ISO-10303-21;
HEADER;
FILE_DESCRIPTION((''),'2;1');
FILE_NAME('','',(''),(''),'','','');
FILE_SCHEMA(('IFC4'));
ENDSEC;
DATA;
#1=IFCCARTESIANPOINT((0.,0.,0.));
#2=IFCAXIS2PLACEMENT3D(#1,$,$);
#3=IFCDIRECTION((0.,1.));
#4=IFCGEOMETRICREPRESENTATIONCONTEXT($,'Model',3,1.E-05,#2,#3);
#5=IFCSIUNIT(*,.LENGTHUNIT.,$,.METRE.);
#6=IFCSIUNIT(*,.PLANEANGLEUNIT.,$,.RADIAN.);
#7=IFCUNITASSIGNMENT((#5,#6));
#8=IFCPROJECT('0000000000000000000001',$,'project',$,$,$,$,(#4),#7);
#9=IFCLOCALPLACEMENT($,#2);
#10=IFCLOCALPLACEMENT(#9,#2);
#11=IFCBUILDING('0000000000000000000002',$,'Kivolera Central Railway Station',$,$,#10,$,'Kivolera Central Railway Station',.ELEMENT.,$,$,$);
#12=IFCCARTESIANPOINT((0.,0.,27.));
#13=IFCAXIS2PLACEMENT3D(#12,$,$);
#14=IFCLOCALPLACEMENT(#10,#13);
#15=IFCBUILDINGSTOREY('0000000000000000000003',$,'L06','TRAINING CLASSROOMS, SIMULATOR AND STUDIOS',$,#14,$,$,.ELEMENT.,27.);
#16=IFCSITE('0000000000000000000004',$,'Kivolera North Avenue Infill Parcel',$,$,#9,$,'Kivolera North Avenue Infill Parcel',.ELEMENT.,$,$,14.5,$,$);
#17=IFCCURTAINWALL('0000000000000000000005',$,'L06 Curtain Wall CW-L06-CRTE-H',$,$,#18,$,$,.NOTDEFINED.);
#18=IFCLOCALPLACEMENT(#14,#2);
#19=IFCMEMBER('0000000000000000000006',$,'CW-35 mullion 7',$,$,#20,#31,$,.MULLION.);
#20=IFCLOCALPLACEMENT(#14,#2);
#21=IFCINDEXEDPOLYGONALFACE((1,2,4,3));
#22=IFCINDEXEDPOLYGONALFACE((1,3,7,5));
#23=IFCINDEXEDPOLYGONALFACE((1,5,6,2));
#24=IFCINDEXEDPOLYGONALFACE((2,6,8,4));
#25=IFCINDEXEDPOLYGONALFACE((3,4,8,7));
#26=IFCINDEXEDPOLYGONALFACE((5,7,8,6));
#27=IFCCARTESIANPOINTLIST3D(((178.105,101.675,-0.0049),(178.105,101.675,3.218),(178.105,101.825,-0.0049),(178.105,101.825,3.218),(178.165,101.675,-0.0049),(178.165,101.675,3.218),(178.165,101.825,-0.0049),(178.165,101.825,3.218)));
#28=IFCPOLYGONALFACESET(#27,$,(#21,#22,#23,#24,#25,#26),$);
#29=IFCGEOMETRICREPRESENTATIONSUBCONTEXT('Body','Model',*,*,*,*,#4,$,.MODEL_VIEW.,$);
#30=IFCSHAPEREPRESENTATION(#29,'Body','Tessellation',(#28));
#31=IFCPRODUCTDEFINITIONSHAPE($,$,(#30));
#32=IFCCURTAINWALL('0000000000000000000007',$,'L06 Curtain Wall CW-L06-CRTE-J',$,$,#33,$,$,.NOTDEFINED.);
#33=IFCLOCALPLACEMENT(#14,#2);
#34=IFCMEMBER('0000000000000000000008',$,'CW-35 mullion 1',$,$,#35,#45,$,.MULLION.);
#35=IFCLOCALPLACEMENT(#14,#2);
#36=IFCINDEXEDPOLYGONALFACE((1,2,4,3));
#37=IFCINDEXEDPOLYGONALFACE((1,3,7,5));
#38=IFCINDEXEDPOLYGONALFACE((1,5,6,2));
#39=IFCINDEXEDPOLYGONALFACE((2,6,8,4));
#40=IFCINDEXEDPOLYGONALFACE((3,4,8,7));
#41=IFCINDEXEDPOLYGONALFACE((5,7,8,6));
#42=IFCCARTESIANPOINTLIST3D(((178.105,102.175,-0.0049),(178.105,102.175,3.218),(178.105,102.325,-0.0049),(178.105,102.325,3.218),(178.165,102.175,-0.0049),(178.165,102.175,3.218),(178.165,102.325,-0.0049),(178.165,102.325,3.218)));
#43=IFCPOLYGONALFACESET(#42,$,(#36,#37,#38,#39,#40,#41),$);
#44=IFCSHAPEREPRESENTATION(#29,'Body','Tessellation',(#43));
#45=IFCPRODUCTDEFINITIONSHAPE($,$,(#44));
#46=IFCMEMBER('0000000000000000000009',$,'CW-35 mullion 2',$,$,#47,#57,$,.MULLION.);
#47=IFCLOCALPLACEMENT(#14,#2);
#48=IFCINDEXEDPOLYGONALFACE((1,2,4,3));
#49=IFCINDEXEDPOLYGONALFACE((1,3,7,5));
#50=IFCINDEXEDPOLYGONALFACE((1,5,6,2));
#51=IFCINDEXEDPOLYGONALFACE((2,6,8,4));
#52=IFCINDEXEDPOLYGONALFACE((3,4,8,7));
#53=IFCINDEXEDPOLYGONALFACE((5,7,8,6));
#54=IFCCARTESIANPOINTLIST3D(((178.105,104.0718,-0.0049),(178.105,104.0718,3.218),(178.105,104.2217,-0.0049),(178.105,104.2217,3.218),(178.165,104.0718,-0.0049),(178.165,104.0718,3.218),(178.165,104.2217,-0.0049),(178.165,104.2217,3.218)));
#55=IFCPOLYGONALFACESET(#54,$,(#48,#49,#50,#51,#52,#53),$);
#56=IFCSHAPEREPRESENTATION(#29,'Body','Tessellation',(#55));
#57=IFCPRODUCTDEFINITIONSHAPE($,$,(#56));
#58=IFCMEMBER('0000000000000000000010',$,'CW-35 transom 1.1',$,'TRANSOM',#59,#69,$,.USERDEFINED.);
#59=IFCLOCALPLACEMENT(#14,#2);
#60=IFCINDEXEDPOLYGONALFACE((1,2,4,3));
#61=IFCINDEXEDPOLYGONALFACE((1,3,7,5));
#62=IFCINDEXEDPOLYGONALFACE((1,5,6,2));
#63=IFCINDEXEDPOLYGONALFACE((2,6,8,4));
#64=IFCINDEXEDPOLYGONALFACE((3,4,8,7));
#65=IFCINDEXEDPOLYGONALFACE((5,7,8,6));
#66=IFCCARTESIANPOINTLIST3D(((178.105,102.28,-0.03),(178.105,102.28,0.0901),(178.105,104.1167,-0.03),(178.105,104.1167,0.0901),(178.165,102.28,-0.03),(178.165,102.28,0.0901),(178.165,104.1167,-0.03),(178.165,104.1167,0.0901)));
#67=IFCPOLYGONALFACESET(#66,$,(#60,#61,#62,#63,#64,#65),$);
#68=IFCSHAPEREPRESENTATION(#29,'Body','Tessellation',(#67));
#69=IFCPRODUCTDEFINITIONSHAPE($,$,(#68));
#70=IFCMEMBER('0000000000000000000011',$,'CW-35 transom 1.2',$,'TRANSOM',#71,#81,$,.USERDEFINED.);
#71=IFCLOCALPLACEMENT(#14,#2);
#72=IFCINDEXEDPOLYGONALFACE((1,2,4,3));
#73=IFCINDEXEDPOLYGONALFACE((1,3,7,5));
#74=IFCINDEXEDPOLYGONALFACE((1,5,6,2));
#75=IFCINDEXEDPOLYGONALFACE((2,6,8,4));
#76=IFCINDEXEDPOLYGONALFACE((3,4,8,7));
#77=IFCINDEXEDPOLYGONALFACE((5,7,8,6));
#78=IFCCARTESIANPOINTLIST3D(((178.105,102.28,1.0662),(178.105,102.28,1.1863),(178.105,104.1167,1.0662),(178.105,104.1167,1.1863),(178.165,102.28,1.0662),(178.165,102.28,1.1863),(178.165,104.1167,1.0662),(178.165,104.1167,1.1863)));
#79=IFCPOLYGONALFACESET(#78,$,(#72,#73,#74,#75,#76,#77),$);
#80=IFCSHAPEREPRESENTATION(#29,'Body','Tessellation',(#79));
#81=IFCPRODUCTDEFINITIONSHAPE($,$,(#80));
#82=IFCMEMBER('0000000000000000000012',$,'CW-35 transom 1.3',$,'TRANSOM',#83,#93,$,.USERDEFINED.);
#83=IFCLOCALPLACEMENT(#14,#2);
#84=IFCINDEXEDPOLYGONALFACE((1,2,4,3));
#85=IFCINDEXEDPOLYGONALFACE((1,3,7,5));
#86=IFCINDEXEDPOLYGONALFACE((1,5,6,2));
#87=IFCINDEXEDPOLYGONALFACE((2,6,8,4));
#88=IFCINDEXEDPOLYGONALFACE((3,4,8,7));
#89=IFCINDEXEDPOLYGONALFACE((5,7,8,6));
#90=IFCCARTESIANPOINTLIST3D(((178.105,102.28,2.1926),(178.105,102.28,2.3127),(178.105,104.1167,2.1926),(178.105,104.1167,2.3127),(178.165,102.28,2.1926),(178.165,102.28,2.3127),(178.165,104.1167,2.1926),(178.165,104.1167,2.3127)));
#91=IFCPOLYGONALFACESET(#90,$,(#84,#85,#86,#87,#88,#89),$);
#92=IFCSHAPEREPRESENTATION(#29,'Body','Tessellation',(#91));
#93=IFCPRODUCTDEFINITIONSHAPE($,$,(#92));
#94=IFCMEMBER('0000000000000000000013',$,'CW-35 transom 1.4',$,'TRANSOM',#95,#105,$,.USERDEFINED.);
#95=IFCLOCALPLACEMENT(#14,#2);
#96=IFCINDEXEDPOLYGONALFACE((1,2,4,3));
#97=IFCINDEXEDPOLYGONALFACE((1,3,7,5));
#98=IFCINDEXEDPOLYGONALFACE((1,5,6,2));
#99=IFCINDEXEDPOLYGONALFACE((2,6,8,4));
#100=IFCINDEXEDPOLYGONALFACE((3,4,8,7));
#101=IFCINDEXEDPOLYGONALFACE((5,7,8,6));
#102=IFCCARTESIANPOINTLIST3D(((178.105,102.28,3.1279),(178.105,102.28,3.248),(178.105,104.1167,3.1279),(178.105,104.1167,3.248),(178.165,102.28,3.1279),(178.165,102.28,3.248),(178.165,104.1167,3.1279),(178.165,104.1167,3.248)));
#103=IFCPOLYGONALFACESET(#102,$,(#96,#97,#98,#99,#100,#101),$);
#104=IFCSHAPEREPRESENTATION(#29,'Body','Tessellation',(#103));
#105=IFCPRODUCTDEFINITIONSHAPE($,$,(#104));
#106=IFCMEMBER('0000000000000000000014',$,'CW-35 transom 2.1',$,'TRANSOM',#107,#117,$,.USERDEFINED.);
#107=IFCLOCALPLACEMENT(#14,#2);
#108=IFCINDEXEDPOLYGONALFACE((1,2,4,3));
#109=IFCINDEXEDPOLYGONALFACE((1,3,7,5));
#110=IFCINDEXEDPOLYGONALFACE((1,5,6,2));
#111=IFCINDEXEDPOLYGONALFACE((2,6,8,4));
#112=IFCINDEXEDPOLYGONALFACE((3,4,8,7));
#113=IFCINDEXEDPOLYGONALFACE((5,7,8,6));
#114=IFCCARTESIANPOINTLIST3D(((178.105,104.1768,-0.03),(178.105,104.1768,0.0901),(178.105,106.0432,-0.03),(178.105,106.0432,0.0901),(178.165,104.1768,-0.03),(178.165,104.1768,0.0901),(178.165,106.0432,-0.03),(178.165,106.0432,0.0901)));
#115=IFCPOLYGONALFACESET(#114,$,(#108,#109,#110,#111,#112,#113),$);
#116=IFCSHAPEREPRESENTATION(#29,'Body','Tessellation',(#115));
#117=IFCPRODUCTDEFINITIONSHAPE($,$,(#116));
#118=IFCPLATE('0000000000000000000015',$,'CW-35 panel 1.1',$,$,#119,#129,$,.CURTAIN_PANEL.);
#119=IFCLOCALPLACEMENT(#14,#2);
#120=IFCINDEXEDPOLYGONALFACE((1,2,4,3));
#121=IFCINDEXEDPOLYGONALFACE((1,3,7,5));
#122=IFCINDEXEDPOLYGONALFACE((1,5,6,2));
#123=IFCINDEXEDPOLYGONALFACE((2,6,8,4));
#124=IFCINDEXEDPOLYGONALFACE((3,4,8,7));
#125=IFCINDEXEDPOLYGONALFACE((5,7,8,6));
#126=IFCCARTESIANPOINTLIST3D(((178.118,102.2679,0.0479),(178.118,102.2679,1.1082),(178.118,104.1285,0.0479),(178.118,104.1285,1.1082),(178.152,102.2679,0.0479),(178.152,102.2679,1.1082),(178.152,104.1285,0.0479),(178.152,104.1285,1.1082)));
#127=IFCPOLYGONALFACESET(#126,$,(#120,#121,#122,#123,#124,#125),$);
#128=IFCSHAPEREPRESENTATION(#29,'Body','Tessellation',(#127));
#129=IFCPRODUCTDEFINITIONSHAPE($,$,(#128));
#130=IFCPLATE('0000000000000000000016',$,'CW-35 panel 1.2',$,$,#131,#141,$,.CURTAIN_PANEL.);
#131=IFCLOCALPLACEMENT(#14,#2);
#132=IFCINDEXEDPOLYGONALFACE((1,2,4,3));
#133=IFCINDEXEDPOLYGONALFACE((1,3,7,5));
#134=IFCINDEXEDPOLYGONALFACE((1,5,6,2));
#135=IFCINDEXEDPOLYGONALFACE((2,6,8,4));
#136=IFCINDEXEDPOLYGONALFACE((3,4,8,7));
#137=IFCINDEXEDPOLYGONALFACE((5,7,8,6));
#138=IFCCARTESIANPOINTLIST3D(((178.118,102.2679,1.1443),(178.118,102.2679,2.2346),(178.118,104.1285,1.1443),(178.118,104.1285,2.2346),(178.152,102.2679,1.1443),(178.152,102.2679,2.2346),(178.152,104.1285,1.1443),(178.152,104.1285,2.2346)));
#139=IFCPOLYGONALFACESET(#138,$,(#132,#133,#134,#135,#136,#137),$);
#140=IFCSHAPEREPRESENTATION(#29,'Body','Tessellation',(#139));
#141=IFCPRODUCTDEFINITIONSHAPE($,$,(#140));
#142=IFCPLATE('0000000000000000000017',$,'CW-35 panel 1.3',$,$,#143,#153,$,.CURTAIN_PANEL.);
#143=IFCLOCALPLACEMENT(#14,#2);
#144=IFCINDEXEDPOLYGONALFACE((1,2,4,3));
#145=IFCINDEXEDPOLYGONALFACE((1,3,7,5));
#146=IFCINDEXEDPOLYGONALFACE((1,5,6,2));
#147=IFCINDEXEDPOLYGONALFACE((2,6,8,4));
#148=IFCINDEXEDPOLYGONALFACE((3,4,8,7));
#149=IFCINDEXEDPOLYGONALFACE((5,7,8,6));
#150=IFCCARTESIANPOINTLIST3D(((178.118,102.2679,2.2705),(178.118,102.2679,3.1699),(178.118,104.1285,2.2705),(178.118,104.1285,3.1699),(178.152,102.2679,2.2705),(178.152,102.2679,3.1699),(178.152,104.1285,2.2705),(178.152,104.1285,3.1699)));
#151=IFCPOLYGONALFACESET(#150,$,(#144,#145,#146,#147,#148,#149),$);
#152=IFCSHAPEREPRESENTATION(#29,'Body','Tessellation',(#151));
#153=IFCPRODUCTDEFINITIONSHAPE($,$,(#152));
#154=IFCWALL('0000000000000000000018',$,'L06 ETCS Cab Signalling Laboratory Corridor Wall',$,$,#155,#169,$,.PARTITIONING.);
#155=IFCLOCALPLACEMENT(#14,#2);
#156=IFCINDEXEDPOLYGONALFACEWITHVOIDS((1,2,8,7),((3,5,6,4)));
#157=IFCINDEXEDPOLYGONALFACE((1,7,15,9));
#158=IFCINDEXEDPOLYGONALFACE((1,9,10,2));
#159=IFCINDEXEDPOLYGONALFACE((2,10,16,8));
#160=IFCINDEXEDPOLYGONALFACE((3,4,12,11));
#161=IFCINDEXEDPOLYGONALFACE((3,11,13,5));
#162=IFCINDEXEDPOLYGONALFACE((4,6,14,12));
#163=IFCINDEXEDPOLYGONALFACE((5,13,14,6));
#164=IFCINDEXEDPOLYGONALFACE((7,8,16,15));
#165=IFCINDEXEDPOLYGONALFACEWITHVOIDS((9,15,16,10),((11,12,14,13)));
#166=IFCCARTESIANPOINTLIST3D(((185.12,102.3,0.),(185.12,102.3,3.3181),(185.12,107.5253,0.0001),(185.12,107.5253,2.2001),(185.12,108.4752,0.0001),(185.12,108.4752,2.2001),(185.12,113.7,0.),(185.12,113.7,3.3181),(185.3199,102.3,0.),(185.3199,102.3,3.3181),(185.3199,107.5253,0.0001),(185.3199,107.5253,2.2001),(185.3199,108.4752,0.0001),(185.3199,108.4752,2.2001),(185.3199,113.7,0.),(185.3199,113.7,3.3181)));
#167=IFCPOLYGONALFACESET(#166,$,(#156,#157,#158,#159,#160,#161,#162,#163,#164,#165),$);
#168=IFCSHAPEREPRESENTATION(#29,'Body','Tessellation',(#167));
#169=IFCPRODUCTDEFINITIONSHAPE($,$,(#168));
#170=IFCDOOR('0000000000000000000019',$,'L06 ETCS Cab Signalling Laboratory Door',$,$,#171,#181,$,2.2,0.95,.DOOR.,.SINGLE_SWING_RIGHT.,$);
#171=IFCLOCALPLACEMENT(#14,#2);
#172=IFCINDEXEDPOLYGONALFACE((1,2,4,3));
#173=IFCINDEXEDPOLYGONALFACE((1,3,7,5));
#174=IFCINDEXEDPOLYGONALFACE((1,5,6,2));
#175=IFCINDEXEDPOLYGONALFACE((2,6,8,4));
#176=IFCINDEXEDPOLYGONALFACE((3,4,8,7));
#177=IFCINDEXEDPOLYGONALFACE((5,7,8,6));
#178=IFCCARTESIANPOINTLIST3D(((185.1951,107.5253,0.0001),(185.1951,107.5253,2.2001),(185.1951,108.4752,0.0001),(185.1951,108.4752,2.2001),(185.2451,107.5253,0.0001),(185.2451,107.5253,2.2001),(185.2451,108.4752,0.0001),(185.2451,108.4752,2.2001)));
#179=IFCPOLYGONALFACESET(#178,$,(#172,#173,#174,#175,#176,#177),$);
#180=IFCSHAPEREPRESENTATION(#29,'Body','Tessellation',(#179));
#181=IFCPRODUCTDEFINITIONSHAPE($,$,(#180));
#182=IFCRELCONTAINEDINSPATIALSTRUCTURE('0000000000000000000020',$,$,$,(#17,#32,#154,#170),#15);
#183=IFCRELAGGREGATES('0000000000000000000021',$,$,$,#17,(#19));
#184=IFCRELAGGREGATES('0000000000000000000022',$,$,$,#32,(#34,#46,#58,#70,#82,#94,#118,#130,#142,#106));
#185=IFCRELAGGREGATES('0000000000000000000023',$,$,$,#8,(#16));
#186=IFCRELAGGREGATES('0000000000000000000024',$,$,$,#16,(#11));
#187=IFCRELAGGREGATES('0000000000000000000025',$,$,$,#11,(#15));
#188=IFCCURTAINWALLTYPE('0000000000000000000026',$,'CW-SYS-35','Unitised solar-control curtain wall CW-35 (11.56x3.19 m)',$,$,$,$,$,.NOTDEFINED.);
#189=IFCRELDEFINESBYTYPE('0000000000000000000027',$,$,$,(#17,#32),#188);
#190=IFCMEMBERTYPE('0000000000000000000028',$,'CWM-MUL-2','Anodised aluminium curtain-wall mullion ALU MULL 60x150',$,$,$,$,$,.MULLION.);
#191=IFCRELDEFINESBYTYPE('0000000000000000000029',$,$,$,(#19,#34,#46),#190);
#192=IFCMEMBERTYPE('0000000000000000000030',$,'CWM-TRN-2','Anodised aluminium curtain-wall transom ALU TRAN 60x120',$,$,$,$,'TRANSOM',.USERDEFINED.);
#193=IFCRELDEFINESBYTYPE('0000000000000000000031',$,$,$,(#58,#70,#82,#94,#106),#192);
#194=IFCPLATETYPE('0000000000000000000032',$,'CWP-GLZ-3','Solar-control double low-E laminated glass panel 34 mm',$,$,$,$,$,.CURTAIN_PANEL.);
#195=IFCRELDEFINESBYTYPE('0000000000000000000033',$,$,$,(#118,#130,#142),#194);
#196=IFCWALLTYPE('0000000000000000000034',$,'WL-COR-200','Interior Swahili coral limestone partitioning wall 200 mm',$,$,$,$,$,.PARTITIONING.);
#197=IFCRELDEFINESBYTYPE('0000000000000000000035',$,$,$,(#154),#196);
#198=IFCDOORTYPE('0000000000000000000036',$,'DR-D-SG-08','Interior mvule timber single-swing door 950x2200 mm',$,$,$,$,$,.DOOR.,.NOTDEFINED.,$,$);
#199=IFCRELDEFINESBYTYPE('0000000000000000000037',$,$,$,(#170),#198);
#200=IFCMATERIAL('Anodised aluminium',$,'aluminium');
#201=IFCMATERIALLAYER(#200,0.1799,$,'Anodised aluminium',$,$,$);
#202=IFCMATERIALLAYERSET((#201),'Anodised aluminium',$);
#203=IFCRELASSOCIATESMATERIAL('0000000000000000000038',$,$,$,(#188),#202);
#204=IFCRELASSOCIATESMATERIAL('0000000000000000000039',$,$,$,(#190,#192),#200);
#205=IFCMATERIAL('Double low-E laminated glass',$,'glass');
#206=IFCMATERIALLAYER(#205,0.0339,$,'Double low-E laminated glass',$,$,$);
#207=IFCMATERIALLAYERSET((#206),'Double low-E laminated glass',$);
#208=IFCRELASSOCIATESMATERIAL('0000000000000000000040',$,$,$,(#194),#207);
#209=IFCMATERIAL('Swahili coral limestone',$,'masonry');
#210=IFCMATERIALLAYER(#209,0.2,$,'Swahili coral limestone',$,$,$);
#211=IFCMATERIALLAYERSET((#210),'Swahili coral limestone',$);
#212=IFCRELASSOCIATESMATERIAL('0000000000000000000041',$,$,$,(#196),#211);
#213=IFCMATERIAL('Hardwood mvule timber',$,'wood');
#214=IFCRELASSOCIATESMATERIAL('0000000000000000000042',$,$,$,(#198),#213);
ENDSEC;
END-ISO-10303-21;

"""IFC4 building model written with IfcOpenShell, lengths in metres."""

from ifc_helpers import new_model, si_unit, direction, frame, frame_2d, origin, origin_2d, place, context, subcontext, project, spatial, rectangle, extrude, material, layer, layer_set, material_profile, profile_set, type_object, element, fill, aggregate, save


model = new_model("IFC4")

# Units and contexts
model_context = context("Model", 3, precision=1e-05, world=origin(), true_north=direction((0.0, 1.0)))
body_context = subcontext(model_context, "Body", "Model", "MODEL_VIEW")
ifc_project = project(units=[si_unit("LENGTHUNIT", "METRE"), si_unit("PLANEANGLEUNIT", "RADIAN")], contexts=[model_context])

# Site, building, storey
site_placement = place(None, origin())
site = spatial("IfcSite", under=ifc_project, at=site_placement, Name="Kivolera North Avenue Infill Parcel", LongName="Kivolera North Avenue Infill Parcel", CompositionType="ELEMENT", RefElevation=14.5)
building_placement = place(site_placement, origin())
building = spatial("IfcBuilding", under=site, at=building_placement, Name="Kivolera Central Railway Station", LongName="Kivolera Central Railway Station", CompositionType="ELEMENT")
storey_placement = place(building_placement, frame((0.0, 0.0, 27.0)))
storey = spatial("IfcBuildingStorey", under=building, at=storey_placement, Name="L06", Description="TRAINING CLASSROOMS, SIMULATOR AND STUDIOS", CompositionType="ELEMENT", Elevation=27.0)

# Curtain wall, member
ifc_material_1 = material(Name="Anodised aluminium", Category="aluminium")
ifc_layer_1 = layer(ifc_material_1, 0.1799, Name="Anodised aluminium")
ifc_layer_set_1 = layer_set([ifc_layer_1], Name="Anodised aluminium")
curtain_wall_type = type_object("IfcCurtainWallType", Name="CW-SYS-35", Description="Unitised solar-control curtain wall CW-35 (11.56x3.19 m)", PredefinedType="NOTDEFINED", material=ifc_layer_set_1)
curtain_wall_1_placement = place(storey_placement, origin())
curtain_wall_1 = element("IfcCurtainWall", 1, at=curtain_wall_1_placement, inside=storey, type_object=curtain_wall_type, Name="L06 Curtain Wall CW-L06-CRTE-H", PredefinedType="NOTDEFINED")
ifc_material_profile_1 = material_profile(ifc_material_1, rectangle(XDim=0.0601, YDim=0.1499, at=origin_2d()), Name="ALU MULL 60x150")
ifc_profile_set_1 = profile_set([ifc_material_profile_1], Name="Anodised aluminium")
member_type_1 = type_object("IfcMemberType", Name="CWM-MUL-2", Description="Anodised aluminium curtain-wall mullion ALU MULL 60x150", PredefinedType="MULLION", material=ifc_profile_set_1)
member_1_placement = place(storey_placement, frame((178.135, 101.75, -0.0049), z_axis=(0.0, 0.0, 1.0), x_axis=(-1.0, 0.0, 0.0)))
member_1 = element("IfcMember", 2, at=member_1_placement, type_object=member_type_1, Name="CW-35 mullion 7", PredefinedType="MULLION", context=body_context, shape_type="SweptSolid", body=[
    extrude(rectangle(XDim=0.0601, YDim=0.1499, at=origin_2d()), origin(), (0.0, 0.0, 1.0), 3.2229),
])
aggregate(curtain_wall_1, [member_1])

# Curtain wall, members, plates
curtain_wall_2_placement = place(storey_placement, origin())
curtain_wall_2 = element("IfcCurtainWall", 3, at=curtain_wall_2_placement, inside=storey, type_object=curtain_wall_type, Name="L06 Curtain Wall CW-L06-CRTE-J", PredefinedType="NOTDEFINED")
member_2_placement = place(storey_placement, frame((178.135, 102.25, -0.0049), z_axis=(0.0, 0.0, 1.0), x_axis=(-1.0, 0.0, 0.0)))
member_2 = element("IfcMember", 4, at=member_2_placement, type_object=member_type_1, Name="CW-35 mullion 1", PredefinedType="MULLION", context=body_context, shape_type="SweptSolid", body=[
    extrude(rectangle(XDim=0.0601, YDim=0.1499, at=origin_2d()), origin(), (0.0, 0.0, 1.0), 3.2229),
])
member_3_placement = place(storey_placement, frame((178.135, 104.1467, -0.0049), z_axis=(0.0, 0.0, 1.0), x_axis=(-1.0, 0.0, 0.0)))
member_3 = element("IfcMember", 5, at=member_3_placement, type_object=member_type_1, Name="CW-35 mullion 2", PredefinedType="MULLION", context=body_context, shape_type="SweptSolid", body=[
    extrude(rectangle(XDim=0.0601, YDim=0.1499, at=origin_2d()), origin(), (0.0, 0.0, 1.0), 3.2229),
])
ifc_material_profile_2 = material_profile(ifc_material_1, rectangle(XDim=0.0601, YDim=0.1201, at=origin_2d()), Name="ALU TRAN 60x120")
ifc_profile_set_2 = profile_set([ifc_material_profile_2], Name="Anodised aluminium")
member_type_2 = type_object("IfcMemberType", Name="CWM-TRN-2", Description="Anodised aluminium curtain-wall transom ALU TRAN 60x120", ElementType="TRANSOM", PredefinedType="USERDEFINED", material=ifc_profile_set_2)
member_4_placement = place(storey_placement, frame((178.135, 102.28, 0.03), z_axis=(0.0, 1.0, 0.0), x_axis=(-1.0, 0.0, 0.0)))
member_4 = element("IfcMember", 6, at=member_4_placement, type_object=member_type_2, Name="CW-35 transom 1.1", ObjectType="TRANSOM", PredefinedType="USERDEFINED", context=body_context, shape_type="SweptSolid", body=[
    extrude(rectangle(XDim=0.0601, YDim=0.1201, at=origin_2d()), origin(), (0.0, 0.0, 1.0), 1.8367),
])
member_5_placement = place(storey_placement, frame((178.135, 102.28, 1.1262), z_axis=(0.0, 1.0, 0.0), x_axis=(-1.0, 0.0, 0.0)))
member_5 = element("IfcMember", 7, at=member_5_placement, type_object=member_type_2, Name="CW-35 transom 1.2", ObjectType="TRANSOM", PredefinedType="USERDEFINED", context=body_context, shape_type="SweptSolid", body=[
    extrude(rectangle(XDim=0.0601, YDim=0.1201, at=origin_2d()), origin(), (0.0, 0.0, 1.0), 1.8367),
])
member_6_placement = place(storey_placement, frame((178.135, 102.28, 2.2527), z_axis=(0.0, 1.0, 0.0), x_axis=(-1.0, 0.0, 0.0)))
member_6 = element("IfcMember", 8, at=member_6_placement, type_object=member_type_2, Name="CW-35 transom 1.3", ObjectType="TRANSOM", PredefinedType="USERDEFINED", context=body_context, shape_type="SweptSolid", body=[
    extrude(rectangle(XDim=0.0601, YDim=0.1201, at=origin_2d()), origin(), (0.0, 0.0, 1.0), 1.8367),
])
member_7_placement = place(storey_placement, frame((178.135, 102.28, 3.188), z_axis=(0.0, 1.0, 0.0), x_axis=(-1.0, 0.0, 0.0)))
member_7 = element("IfcMember", 9, at=member_7_placement, type_object=member_type_2, Name="CW-35 transom 1.4", ObjectType="TRANSOM", PredefinedType="USERDEFINED", context=body_context, shape_type="SweptSolid", body=[
    extrude(rectangle(XDim=0.0601, YDim=0.1201, at=origin_2d()), origin(), (0.0, 0.0, 1.0), 1.8367),
])
member_8_placement = place(storey_placement, frame((178.135, 104.1768, 0.03), z_axis=(0.0, 1.0, 0.0), x_axis=(-1.0, 0.0, 0.0)))
member_8 = element("IfcMember", 10, at=member_8_placement, type_object=member_type_2, Name="CW-35 transom 2.1", ObjectType="TRANSOM", PredefinedType="USERDEFINED", context=body_context, shape_type="SweptSolid", body=[
    extrude(rectangle(XDim=0.0601, YDim=0.1201, at=origin_2d()), origin(), (0.0, 0.0, 1.0), 1.8665),
])
ifc_material_2 = material(Name="Double low-E laminated glass", Category="glass")
ifc_layer_2 = layer(ifc_material_2, 0.0339, Name="Double low-E laminated glass")
ifc_layer_set_2 = layer_set([ifc_layer_2], Name="Double low-E laminated glass")
plate_type = type_object("IfcPlateType", Name="CWP-GLZ-3", Description="Solar-control double low-E laminated glass panel 34 mm", PredefinedType="CURTAIN_PANEL", material=ifc_layer_set_2)
plate_1_placement = place(storey_placement, frame((178.135, 103.1982, 0.0479), z_axis=(0.0, 0.0, 1.0), x_axis=(0.0, 1.0, 0.0)))
plate_1 = element("IfcPlate", 11, at=plate_1_placement, type_object=plate_type, Name="CW-35 panel 1.1", PredefinedType="CURTAIN_PANEL", context=body_context, shape_type="SweptSolid", body=[
    extrude(rectangle(XDim=1.8606, YDim=0.0339, at=origin_2d()), origin(), (0.0, 0.0, 1.0), 1.0603),
])
plate_2_placement = place(storey_placement, frame((178.135, 103.1982, 1.1443), z_axis=(0.0, 0.0, 1.0), x_axis=(0.0, 1.0, 0.0)))
plate_2 = element("IfcPlate", 12, at=plate_2_placement, type_object=plate_type, Name="CW-35 panel 1.2", PredefinedType="CURTAIN_PANEL", context=body_context, shape_type="SweptSolid", body=[
    extrude(rectangle(XDim=1.8606, YDim=0.0339, at=origin_2d()), origin(), (0.0, 0.0, 1.0), 1.0903),
])
plate_3_placement = place(storey_placement, frame((178.135, 103.1982, 2.2705), z_axis=(0.0, 0.0, 1.0), x_axis=(0.0, 1.0, 0.0)))
plate_3 = element("IfcPlate", 13, at=plate_3_placement, type_object=plate_type, Name="CW-35 panel 1.3", PredefinedType="CURTAIN_PANEL", context=body_context, shape_type="SweptSolid", body=[
    extrude(rectangle(XDim=1.8606, YDim=0.0339, at=origin_2d()), origin(), (0.0, 0.0, 1.0), 0.8994),
])
aggregate(curtain_wall_2, [member_2, member_3, member_4, member_5, member_6, member_7, plate_1, plate_2, plate_3, member_8])

# Wall, opening, door
ifc_material_3 = material(Name="Swahili coral limestone", Category="masonry")
ifc_layer_3 = layer(ifc_material_3, 0.2, Name="Swahili coral limestone")
ifc_layer_set_3 = layer_set([ifc_layer_3], Name="Swahili coral limestone")
wall_type_1 = type_object("IfcWallType", Name="WL-COR-200", Description="Interior Swahili coral limestone partitioning wall 200 mm", PredefinedType="PARTITIONING", material=ifc_layer_set_3)
wall_1_placement = place(storey_placement, frame((185.22, 102.3, 0.0), z_axis=(0.0, 0.0, 1.0), x_axis=(0.0, 1.0, 0.0)))
wall_1 = element("IfcWall", 14, at=wall_1_placement, inside=storey, type_object=wall_type_1, Name="L06 ETCS Cab Signalling Laboratory Corridor Wall", PredefinedType="PARTITIONING", context=body_context, shape_type="SweptSolid", body=[
    extrude(rectangle(XDim=11.3999, YDim=0.2, at=frame_2d((5.7, 0.0))), origin(), (0.0, 0.0, 1.0), 3.3181),
])
opening_placement = place(wall_1_placement, frame((5.2251, 0.0, 0.0)))
opening = element("IfcOpeningElement", 15, at=opening_placement, cuts=wall_1, PredefinedType="OPENING", context=body_context, shape_type="SweptSolid", body=[
    extrude(rectangle(XDim=0.95, YDim=2.2, at=frame_2d((0.4751, 1.1001))), frame((0.0, 0.1099, 0.0), z_axis=(0.0, -1.0, 0.0), x_axis=(1.0, 0.0, 0.0)), (0.0, 0.0, 1.0), 0.22),
])
ifc_material_4 = material(Name="Hardwood mvule timber", Category="wood")
door_type = type_object("IfcDoorType", Name="DR-D-SG-08", Description="Interior mvule timber single-swing door 950x2200 mm", OperationType="NOTDEFINED", PredefinedType="DOOR", material=ifc_material_4)
door_placement = place(opening_placement, origin())
door = element("IfcDoor", 16, at=door_placement, inside=storey, type_object=door_type, Name="L06 ETCS Cab Signalling Laboratory Door", OperationType="SINGLE_SWING_RIGHT", OverallHeight=2.2, OverallWidth=0.95, PredefinedType="DOOR", context=body_context, shape_type="SweptSolid", body=[
    extrude(rectangle(XDim=0.95, YDim=2.2, at=frame_2d((0.4751, 1.1001))), frame((0.0, 0.0249, 0.0), z_axis=(0.0, -1.0, 0.0), x_axis=(1.0, 0.0, 0.0)), (0.0, 0.0, 1.0), 0.05),
])
fill(opening, door)

save(model, "model.ifc")
